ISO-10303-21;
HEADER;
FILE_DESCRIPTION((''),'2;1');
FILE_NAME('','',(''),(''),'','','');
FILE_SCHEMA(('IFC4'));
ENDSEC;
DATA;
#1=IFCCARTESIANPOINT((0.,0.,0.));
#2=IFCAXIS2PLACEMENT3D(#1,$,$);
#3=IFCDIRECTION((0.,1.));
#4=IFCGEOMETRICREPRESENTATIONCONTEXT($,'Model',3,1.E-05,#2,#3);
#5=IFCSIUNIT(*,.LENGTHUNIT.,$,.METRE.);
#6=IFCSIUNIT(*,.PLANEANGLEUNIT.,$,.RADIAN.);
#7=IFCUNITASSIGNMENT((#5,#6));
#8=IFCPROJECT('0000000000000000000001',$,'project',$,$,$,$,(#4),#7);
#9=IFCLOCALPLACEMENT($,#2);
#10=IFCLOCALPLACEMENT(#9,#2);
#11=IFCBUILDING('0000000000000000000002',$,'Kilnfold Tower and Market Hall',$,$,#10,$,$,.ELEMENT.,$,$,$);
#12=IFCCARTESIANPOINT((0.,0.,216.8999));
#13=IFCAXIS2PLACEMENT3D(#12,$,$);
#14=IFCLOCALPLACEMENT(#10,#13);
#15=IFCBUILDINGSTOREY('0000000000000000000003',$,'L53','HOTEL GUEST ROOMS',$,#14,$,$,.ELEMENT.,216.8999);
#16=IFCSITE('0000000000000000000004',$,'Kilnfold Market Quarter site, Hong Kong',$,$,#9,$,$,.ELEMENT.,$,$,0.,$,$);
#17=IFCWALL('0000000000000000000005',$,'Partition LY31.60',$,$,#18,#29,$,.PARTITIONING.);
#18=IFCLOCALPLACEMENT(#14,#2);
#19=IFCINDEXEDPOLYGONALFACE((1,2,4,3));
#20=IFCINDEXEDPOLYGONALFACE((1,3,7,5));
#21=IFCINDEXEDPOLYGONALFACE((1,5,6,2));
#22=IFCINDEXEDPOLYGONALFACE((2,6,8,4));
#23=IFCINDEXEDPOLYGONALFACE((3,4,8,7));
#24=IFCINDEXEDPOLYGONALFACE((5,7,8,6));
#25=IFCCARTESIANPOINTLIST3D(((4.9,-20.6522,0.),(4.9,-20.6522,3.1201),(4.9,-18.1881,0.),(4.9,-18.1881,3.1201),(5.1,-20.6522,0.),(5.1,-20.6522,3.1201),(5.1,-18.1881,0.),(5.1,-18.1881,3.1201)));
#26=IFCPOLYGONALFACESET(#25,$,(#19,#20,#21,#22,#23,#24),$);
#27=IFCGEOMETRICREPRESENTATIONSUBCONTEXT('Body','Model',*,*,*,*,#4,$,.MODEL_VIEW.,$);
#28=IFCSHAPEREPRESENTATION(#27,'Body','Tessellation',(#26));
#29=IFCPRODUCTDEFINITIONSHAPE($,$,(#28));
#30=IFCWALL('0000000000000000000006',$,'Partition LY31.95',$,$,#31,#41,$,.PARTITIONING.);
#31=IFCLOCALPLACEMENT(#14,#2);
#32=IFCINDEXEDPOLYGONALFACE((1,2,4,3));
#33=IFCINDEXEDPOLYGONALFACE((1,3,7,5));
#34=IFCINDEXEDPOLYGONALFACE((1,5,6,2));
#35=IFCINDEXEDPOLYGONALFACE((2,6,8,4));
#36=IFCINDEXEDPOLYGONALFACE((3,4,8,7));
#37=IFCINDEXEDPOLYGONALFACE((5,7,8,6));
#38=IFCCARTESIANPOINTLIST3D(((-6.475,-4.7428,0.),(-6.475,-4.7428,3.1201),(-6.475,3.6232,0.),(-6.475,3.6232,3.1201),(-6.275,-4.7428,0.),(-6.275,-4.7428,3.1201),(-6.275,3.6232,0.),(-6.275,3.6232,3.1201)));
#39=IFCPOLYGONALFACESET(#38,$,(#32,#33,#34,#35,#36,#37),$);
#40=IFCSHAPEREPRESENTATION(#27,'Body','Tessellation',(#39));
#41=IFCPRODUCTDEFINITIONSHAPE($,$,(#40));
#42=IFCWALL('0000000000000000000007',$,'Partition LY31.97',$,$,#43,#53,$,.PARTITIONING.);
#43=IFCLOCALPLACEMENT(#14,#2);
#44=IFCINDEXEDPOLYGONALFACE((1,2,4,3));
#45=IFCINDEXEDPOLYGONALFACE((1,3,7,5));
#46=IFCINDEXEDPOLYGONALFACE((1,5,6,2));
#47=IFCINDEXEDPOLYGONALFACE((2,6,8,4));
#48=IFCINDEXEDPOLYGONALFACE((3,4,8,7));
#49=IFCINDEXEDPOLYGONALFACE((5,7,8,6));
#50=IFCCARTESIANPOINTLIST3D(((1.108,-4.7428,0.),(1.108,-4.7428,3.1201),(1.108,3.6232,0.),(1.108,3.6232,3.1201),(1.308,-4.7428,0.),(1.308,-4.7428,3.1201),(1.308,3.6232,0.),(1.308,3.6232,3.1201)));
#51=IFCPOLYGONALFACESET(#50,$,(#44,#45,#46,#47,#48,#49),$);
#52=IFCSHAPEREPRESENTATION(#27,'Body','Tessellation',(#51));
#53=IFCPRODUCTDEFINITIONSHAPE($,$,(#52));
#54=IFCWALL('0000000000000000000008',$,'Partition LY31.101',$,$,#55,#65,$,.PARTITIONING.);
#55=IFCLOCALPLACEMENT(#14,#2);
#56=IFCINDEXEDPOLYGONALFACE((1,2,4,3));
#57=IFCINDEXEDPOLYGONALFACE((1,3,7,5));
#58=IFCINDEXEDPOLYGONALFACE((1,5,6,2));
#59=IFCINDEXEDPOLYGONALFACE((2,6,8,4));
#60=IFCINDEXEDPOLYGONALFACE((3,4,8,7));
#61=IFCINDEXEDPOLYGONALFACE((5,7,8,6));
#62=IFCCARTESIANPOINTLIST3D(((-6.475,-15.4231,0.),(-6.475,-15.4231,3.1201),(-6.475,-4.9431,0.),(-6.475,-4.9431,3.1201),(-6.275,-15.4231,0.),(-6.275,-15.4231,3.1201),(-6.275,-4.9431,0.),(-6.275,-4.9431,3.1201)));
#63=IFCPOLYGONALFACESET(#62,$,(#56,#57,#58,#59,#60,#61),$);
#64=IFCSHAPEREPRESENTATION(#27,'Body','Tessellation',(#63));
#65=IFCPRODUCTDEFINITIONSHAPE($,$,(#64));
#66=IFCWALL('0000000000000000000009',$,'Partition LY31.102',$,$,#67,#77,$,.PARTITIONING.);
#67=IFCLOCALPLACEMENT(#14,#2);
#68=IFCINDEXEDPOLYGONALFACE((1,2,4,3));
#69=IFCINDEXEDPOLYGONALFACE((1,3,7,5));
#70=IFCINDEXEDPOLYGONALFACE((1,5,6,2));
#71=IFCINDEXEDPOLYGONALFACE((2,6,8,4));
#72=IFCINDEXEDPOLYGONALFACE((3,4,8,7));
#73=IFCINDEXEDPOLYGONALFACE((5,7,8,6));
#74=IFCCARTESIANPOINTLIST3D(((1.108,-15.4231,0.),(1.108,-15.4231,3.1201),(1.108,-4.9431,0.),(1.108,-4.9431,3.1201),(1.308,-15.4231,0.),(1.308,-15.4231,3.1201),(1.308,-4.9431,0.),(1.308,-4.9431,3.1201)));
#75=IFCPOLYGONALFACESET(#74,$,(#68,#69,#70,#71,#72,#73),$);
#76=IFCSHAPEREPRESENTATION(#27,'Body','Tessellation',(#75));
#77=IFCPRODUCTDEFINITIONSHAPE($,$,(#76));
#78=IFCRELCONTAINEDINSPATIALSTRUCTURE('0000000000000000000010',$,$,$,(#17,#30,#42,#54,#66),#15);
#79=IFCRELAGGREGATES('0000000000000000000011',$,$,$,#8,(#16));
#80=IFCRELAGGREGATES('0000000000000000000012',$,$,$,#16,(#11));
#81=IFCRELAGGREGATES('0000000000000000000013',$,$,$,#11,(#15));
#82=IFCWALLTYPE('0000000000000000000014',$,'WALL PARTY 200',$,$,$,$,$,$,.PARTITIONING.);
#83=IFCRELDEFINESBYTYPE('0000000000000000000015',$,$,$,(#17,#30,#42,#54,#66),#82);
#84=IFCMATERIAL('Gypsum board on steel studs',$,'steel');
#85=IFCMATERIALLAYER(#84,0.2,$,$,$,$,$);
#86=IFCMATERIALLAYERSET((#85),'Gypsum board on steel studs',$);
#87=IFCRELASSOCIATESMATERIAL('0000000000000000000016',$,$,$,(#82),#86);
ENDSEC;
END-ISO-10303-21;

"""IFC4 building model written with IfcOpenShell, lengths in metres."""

from ifc_helpers import new_model, si_unit, direction, frame, frame_2d, origin, place, context, subcontext, project, spatial, rectangle, extrude, material, layer, layer_set, type_object, element, save


model = new_model("IFC4")

# Units and contexts
model_context = context("Model", 3, precision=1e-05, world=origin(), true_north=direction((0.0, 1.0)))
body_context = subcontext(model_context, "Body", "Model", "MODEL_VIEW")
ifc_project = project(units=[si_unit("LENGTHUNIT", "METRE"), si_unit("PLANEANGLEUNIT", "RADIAN")], contexts=[model_context])

# Site, building, storey
site_placement = place(None, origin())
site = spatial("IfcSite", under=ifc_project, at=site_placement, Name="Kilnfold Market Quarter site, Hong Kong", CompositionType="ELEMENT", RefElevation=0.0)
building_placement = place(site_placement, origin())
building = spatial("IfcBuilding", under=site, at=building_placement, Name="Kilnfold Tower and Market Hall", CompositionType="ELEMENT")
storey_placement = place(building_placement, frame((0.0, 0.0, 216.8999)))
storey = spatial("IfcBuildingStorey", under=building, at=storey_placement, Name="L53", Description="HOTEL GUEST ROOMS", CompositionType="ELEMENT", Elevation=216.8999)

# Walls
ifc_material_1 = material(Name="Gypsum board on steel studs", Category="steel")
ifc_layer_1 = layer(ifc_material_1, 0.2)
ifc_layer_set_1 = layer_set([ifc_layer_1], Name="Gypsum board on steel studs")
wall_type_1 = type_object("IfcWallType", Name="WALL PARTY 200", PredefinedType="PARTITIONING", material=ifc_layer_set_1)
wall_1_placement = place(storey_placement, frame((5.0, -20.6521, 0.0), z_axis=(0.0, 0.0, 1.0), x_axis=(0.0, 1.0, 0.0)))
element("IfcWall", 1, at=wall_1_placement, inside=storey, type_object=wall_type_1, Name="Partition LY31.60", PredefinedType="PARTITIONING", context=body_context, shape_type="SweptSolid", body=[
    extrude(rectangle(XDim=2.4641, YDim=0.2, at=frame_2d((1.2319, 0.0))), origin(), (0.0, 0.0, 1.0), 3.1201),
])
for number, where, z_axis, x_axis, name in (
    (2, (-6.375, -4.7429, 0.0), (0.0, 0.0, 1.0), (0.0, 1.0, 0.0), "Partition LY31.95"),
    (3, (1.208, -4.7429, 0.0), (0.0, 0.0, 1.0), (0.0, 1.0, 0.0), "Partition LY31.97"),
):
    element("IfcWall", number, at=place(storey_placement, frame(where, z_axis=z_axis, x_axis=x_axis)), inside=storey, type_object=wall_type_1, Name=name, PredefinedType="PARTITIONING", context=body_context, shape_type="SweptSolid", body=[
        extrude(rectangle(XDim=8.366, YDim=0.2, at=frame_2d((4.1831, 0.0))), origin(), (0.0, 0.0, 1.0), 3.1201),
    ])
for number, where, z_axis, x_axis, name in (
    (4, (-6.375, -15.4231, 0.0), (0.0, 0.0, 1.0), (0.0, 1.0, 0.0), "Partition LY31.101"),
    (5, (1.208, -15.4231, 0.0), (0.0, 0.0, 1.0), (0.0, 1.0, 0.0), "Partition LY31.102"),
):
    element("IfcWall", number, at=place(storey_placement, frame(where, z_axis=z_axis, x_axis=x_axis)), inside=storey, type_object=wall_type_1, Name=name, PredefinedType="PARTITIONING", context=body_context, shape_type="SweptSolid", body=[
        extrude(rectangle(XDim=10.48, YDim=0.2, at=frame_2d((5.24, 0.0))), origin(), (0.0, 0.0, 1.0), 3.1201),
    ])

save(model, "model.ifc")
